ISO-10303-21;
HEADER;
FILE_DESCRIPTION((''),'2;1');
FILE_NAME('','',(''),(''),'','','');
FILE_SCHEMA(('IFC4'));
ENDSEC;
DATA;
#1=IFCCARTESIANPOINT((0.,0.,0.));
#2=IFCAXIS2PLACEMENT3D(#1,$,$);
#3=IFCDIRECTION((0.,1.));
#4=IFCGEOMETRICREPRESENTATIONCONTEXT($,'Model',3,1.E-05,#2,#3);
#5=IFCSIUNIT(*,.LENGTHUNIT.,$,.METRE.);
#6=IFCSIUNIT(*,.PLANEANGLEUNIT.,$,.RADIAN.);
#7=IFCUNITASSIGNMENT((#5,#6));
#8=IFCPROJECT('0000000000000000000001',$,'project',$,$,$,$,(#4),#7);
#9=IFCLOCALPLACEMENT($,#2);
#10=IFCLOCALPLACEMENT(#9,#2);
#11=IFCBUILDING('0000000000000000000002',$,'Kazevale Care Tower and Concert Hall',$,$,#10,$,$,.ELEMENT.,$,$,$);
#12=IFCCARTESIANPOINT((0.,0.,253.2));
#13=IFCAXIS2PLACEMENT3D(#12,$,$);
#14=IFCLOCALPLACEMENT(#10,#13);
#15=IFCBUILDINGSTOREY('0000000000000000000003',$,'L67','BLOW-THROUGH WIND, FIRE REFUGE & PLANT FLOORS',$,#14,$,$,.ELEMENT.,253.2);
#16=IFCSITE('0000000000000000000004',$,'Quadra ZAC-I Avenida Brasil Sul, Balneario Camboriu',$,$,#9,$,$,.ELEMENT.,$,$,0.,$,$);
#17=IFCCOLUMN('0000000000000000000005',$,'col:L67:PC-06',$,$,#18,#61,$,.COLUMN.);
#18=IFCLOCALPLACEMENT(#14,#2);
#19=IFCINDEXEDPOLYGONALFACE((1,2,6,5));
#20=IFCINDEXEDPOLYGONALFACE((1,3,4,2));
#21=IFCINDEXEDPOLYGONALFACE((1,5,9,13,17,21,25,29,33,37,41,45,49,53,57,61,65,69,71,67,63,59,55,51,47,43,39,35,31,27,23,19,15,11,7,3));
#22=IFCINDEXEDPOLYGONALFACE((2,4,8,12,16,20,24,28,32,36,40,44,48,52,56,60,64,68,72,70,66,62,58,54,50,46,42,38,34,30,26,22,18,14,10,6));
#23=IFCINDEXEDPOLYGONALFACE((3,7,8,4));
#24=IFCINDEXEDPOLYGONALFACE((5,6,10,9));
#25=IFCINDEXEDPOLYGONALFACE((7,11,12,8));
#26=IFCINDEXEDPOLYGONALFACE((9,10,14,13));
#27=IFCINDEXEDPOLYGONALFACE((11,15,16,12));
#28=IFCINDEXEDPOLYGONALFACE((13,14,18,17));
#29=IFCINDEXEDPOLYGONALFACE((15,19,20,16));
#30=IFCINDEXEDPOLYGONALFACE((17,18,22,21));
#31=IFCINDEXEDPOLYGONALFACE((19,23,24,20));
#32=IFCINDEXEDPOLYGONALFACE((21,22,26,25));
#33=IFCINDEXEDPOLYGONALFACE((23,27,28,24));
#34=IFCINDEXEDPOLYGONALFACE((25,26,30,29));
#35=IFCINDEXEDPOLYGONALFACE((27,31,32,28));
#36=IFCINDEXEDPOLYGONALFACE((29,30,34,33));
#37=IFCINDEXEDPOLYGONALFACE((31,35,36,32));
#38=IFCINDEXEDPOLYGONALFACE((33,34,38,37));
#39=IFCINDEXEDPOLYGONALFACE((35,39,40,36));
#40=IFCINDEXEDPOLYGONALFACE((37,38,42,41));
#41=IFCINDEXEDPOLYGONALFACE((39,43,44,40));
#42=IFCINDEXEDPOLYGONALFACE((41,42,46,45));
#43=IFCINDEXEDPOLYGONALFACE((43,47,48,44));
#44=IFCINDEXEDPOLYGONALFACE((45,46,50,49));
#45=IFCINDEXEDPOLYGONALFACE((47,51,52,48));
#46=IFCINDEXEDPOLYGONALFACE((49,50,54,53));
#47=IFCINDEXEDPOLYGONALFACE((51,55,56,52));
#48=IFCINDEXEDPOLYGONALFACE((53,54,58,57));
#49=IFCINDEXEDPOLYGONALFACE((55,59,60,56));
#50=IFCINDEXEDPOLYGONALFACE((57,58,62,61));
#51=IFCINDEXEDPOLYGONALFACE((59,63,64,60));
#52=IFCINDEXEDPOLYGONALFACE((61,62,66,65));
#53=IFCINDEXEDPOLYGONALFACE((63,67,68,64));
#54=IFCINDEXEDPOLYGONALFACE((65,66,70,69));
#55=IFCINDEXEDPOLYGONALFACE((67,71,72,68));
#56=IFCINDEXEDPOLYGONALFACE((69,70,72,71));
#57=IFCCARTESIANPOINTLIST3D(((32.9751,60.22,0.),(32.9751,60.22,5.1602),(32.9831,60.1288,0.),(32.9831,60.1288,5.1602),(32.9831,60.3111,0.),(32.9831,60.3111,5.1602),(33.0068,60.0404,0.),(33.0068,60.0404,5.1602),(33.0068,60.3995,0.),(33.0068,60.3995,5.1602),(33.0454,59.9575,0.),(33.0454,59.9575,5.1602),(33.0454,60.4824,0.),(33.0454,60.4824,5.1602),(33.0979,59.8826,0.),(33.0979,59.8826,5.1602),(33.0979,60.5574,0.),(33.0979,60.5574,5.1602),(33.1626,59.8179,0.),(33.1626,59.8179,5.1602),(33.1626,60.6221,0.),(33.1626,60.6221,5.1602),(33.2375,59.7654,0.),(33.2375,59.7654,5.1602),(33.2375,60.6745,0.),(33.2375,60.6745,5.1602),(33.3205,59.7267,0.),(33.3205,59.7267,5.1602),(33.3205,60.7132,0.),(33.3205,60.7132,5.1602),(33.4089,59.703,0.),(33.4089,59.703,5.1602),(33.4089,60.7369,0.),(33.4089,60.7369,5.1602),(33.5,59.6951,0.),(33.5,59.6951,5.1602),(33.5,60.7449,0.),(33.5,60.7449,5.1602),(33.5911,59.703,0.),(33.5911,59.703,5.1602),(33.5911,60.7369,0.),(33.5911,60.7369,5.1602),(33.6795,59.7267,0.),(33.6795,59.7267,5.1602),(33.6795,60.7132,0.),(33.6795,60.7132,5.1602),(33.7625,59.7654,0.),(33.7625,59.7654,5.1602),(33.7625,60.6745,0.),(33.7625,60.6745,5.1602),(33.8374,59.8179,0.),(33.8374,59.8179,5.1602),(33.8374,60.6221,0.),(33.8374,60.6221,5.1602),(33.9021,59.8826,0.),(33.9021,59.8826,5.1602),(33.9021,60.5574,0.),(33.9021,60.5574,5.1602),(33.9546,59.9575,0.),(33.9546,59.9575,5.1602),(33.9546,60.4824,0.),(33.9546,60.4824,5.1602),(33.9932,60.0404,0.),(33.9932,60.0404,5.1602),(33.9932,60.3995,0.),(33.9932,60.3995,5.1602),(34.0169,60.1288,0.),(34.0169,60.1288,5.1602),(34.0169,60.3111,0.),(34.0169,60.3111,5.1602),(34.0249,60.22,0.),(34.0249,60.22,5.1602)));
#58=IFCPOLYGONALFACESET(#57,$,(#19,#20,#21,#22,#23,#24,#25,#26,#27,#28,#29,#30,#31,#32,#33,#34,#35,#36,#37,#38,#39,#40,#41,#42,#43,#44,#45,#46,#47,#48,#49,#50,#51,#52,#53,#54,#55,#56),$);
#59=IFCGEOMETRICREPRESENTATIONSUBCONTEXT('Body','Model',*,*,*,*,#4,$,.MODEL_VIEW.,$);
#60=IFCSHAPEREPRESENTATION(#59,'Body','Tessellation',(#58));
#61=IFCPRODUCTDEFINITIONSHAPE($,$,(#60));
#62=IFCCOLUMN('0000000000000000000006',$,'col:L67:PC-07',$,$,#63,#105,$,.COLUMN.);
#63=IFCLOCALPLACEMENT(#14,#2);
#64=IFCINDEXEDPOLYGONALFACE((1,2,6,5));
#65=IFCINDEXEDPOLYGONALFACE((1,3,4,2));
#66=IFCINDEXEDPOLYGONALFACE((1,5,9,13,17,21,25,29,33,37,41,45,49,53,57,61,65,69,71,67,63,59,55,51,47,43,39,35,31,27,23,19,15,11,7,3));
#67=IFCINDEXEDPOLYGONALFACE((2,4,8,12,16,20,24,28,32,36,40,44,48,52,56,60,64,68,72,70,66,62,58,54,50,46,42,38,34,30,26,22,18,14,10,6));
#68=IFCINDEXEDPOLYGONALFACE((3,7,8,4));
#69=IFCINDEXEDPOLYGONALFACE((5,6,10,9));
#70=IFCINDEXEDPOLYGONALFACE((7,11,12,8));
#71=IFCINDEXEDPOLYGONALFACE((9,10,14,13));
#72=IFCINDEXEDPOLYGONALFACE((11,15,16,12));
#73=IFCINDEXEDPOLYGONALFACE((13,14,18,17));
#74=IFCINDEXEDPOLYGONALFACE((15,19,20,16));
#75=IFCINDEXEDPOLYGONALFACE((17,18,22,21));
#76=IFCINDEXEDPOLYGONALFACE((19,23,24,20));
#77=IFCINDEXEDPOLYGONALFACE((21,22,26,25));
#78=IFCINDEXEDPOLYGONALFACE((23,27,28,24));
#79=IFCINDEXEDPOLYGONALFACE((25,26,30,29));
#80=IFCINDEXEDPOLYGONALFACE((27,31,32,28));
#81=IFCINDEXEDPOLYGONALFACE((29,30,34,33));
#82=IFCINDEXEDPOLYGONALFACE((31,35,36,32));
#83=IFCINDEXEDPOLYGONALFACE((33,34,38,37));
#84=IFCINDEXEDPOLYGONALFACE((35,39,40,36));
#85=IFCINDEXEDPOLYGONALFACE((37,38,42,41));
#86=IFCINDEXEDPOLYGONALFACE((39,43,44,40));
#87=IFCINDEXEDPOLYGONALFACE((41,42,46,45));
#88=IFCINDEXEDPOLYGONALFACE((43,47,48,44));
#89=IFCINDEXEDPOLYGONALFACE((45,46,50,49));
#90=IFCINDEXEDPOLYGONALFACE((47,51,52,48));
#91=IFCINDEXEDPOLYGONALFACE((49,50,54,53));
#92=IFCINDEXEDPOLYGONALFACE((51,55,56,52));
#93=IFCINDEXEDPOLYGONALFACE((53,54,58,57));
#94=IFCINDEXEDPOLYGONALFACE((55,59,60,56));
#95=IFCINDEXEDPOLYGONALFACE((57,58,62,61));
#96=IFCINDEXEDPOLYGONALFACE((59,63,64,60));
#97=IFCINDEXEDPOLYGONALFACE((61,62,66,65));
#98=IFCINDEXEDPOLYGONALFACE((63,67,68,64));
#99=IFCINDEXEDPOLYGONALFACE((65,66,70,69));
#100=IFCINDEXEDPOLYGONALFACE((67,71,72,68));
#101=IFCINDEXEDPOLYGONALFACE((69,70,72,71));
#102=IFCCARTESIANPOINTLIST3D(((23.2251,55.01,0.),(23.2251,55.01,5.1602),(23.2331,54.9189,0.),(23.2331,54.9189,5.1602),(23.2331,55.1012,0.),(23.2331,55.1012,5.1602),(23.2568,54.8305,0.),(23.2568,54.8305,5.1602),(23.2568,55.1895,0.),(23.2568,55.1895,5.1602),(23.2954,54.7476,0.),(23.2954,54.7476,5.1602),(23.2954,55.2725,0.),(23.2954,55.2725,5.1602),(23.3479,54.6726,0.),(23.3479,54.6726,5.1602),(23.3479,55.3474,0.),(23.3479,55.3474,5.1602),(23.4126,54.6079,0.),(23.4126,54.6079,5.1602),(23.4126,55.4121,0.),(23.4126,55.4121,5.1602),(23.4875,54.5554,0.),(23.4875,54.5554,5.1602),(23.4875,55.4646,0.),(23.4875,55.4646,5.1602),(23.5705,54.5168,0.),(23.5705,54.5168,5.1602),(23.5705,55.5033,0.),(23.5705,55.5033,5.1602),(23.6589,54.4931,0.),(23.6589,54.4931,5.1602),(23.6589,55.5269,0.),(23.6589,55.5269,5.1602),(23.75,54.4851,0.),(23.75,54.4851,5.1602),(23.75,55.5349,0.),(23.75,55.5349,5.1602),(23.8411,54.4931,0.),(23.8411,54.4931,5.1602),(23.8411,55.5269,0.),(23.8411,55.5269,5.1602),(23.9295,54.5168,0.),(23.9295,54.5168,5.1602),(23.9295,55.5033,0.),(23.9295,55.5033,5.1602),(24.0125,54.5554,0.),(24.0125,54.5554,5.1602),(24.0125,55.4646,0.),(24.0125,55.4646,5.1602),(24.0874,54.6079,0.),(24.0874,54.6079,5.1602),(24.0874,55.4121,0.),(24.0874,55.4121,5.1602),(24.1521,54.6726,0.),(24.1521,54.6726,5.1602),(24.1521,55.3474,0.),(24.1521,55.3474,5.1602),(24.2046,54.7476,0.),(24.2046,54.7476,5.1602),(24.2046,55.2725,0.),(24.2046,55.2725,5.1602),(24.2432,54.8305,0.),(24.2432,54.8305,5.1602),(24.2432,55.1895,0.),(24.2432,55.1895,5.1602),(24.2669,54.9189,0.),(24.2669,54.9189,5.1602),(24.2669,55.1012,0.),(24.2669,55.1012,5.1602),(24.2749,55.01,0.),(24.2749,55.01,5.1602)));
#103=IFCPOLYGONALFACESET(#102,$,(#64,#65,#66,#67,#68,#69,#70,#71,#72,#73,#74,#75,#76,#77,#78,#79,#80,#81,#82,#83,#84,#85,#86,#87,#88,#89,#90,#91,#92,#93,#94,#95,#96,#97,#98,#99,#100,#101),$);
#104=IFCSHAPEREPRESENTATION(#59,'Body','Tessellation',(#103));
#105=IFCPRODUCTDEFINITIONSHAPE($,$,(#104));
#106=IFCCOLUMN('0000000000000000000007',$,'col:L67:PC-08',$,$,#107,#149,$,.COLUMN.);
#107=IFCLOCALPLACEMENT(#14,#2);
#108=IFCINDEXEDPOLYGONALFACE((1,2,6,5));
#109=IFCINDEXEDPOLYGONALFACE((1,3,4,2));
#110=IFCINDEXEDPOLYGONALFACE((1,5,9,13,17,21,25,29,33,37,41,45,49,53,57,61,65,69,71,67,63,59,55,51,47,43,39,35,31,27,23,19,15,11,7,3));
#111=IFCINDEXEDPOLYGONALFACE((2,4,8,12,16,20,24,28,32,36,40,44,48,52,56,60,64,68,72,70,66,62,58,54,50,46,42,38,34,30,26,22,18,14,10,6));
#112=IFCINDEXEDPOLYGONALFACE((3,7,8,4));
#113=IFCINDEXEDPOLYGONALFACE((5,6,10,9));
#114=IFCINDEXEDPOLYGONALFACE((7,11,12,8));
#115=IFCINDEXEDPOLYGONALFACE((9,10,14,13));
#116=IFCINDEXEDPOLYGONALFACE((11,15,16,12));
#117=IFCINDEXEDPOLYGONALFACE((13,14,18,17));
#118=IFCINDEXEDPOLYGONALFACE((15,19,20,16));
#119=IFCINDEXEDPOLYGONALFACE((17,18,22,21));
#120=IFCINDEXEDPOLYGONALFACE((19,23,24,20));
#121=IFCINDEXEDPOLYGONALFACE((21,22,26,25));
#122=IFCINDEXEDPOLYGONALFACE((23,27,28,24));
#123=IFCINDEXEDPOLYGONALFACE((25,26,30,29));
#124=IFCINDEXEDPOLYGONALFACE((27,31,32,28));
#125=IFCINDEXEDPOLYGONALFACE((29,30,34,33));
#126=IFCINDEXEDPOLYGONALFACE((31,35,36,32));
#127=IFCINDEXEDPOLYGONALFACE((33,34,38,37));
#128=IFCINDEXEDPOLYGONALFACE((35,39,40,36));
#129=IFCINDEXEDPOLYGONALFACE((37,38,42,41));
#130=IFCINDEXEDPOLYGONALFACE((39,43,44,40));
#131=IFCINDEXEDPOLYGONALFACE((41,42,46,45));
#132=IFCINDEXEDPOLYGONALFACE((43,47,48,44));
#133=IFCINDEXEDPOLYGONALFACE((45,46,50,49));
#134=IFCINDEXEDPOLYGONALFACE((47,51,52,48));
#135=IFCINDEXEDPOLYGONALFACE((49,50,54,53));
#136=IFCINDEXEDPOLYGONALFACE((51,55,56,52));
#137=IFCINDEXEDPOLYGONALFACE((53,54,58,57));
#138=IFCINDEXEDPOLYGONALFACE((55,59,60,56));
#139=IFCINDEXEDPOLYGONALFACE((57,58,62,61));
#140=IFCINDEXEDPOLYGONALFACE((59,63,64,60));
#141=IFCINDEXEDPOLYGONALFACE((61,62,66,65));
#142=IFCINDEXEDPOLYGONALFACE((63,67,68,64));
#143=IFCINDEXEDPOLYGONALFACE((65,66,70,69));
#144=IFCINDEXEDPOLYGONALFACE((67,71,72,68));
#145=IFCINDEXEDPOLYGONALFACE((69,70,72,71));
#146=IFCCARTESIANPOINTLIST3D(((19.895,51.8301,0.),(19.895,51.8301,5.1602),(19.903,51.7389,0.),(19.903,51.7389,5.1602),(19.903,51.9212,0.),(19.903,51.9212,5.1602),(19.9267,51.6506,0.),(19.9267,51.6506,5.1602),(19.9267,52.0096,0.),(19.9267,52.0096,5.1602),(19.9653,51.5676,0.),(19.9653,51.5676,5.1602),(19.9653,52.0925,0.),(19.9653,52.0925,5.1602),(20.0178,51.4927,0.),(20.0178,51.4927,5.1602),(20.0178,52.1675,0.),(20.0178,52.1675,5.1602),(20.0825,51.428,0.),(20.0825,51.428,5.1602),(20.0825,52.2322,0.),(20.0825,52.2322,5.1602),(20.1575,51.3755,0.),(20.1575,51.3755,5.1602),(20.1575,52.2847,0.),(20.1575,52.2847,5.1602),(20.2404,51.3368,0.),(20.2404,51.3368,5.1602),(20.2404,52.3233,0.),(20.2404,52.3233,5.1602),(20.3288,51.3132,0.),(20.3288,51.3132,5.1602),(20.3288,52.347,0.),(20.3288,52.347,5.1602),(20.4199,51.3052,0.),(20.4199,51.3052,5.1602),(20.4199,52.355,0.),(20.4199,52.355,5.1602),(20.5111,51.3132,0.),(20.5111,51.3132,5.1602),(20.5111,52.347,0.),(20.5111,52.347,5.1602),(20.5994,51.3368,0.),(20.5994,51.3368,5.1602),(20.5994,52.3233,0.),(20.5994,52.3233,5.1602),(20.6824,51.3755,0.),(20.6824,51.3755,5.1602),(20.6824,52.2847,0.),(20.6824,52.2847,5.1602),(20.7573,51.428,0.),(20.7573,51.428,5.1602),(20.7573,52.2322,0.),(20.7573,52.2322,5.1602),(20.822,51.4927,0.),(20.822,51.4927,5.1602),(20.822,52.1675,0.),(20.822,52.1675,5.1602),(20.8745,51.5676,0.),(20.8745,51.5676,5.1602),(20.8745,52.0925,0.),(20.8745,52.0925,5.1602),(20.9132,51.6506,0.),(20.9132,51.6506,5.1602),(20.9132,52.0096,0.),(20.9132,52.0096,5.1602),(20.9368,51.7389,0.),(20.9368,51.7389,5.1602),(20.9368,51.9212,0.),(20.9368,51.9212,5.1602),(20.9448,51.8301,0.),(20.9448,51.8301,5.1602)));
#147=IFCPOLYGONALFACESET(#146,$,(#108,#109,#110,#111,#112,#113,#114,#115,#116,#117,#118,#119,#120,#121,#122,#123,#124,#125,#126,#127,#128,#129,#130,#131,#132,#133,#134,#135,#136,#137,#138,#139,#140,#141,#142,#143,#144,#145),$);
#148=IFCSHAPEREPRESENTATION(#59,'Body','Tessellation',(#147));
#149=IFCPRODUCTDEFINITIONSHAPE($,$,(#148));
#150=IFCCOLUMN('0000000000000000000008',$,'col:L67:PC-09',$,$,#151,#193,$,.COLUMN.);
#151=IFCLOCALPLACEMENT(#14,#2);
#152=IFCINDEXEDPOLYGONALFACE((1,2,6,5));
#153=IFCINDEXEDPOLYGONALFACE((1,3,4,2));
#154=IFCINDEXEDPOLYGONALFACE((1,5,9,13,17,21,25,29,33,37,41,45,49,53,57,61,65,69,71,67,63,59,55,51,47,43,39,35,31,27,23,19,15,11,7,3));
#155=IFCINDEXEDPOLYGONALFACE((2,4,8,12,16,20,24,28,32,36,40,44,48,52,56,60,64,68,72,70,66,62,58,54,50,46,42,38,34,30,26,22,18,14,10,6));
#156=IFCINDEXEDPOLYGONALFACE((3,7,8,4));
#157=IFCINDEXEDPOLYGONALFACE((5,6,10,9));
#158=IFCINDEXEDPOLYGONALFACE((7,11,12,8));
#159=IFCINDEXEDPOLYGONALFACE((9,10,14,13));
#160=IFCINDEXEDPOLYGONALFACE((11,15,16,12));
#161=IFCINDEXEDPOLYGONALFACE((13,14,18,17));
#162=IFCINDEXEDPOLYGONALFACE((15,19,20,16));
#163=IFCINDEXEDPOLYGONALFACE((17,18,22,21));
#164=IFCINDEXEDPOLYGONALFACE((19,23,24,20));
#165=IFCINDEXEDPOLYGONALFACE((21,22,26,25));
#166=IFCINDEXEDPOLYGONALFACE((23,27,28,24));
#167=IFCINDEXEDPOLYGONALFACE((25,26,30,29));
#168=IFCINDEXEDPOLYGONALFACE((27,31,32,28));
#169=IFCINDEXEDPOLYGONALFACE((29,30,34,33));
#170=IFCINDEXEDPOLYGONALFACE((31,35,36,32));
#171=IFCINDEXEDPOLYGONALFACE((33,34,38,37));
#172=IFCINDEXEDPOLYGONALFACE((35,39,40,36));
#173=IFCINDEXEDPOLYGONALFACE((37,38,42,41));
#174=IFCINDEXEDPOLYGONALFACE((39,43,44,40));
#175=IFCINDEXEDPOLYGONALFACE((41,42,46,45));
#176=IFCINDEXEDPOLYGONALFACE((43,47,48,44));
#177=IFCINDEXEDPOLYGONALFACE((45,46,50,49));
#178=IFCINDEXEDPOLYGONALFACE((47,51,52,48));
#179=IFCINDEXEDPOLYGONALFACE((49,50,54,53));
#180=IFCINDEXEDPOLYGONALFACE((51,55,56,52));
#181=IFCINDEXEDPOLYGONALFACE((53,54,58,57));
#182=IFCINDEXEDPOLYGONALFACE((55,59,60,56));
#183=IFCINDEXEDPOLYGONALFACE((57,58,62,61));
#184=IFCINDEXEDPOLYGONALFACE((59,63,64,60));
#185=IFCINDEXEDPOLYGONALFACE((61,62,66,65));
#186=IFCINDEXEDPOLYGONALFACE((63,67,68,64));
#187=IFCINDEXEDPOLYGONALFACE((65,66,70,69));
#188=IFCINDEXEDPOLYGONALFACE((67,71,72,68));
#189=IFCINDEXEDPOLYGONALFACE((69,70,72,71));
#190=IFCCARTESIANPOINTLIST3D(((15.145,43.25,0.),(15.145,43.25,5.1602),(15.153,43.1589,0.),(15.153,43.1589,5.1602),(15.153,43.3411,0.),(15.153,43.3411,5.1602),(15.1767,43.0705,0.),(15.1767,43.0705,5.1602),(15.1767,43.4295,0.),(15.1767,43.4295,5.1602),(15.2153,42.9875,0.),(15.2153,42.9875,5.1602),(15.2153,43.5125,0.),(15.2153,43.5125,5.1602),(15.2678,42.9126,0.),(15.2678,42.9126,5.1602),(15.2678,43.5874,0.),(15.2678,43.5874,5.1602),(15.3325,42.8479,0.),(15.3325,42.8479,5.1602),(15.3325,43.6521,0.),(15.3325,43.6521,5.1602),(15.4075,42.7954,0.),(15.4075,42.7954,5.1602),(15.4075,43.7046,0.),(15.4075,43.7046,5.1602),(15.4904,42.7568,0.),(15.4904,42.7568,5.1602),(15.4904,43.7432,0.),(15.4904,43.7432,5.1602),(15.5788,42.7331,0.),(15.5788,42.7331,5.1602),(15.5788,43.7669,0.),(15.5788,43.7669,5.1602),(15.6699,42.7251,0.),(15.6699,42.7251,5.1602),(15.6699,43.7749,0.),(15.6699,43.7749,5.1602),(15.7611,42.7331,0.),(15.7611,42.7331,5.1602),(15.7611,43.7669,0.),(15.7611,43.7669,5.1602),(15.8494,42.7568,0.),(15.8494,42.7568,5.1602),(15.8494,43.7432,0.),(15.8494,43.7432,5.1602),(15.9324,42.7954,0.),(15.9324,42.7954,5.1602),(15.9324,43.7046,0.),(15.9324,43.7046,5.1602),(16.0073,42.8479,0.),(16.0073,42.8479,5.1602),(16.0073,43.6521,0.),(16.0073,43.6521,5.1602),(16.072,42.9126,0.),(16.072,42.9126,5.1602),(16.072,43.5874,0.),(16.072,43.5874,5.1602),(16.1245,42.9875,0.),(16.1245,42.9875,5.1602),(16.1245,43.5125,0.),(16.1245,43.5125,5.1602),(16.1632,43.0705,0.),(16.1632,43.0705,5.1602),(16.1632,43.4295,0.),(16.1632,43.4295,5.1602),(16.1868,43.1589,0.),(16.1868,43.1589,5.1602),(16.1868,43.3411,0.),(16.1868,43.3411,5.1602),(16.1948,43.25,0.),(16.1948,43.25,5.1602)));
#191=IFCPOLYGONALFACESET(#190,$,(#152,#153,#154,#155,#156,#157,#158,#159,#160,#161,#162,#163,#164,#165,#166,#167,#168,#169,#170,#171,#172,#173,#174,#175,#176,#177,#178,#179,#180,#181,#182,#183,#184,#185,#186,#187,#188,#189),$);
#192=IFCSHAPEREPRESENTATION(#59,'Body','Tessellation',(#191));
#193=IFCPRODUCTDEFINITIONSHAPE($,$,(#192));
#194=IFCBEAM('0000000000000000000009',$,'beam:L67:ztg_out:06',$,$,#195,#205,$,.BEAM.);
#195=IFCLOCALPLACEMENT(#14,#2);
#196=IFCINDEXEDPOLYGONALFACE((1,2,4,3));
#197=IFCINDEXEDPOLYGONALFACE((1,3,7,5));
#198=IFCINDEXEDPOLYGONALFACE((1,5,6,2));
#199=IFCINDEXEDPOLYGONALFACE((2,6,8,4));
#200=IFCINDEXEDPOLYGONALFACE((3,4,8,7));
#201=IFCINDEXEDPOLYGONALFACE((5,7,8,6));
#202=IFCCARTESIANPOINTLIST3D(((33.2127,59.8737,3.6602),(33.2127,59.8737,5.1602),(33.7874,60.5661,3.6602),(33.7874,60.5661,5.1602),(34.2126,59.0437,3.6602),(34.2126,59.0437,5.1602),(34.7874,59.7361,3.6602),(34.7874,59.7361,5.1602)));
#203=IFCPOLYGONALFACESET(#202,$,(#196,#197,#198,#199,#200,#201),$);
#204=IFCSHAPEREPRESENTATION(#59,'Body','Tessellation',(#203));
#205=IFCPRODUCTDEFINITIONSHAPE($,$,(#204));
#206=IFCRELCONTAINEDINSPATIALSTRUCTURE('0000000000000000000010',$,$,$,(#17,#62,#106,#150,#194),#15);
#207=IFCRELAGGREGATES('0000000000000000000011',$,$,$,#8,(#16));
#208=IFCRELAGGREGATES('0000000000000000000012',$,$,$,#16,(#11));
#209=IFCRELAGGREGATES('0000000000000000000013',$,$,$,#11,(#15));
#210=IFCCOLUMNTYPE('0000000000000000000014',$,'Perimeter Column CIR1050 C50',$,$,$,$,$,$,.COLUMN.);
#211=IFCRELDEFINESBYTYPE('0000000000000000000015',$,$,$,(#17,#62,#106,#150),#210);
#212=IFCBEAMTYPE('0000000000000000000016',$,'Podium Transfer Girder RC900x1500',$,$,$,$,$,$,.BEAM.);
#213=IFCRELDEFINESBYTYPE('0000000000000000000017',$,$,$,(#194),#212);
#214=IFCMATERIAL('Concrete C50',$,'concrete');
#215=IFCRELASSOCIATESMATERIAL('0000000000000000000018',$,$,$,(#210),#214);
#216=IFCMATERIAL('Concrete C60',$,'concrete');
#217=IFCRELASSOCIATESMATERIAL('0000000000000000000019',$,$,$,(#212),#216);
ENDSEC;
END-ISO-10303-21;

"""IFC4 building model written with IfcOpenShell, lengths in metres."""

from ifc_helpers import new_model, si_unit, direction, frame, origin, origin_2d, place, context, subcontext, project, spatial, rectangle, circle, extrude, material, material_profile, profile_set, type_object, element, save


model = new_model("IFC4")

# Units and contexts
model_context = context("Model", 3, precision=1e-05, world=origin(), true_north=direction((0.0, 1.0)))
body_context = subcontext(model_context, "Body", "Model", "MODEL_VIEW")
ifc_project = project(units=[si_unit("LENGTHUNIT", "METRE"), si_unit("PLANEANGLEUNIT", "RADIAN")], contexts=[model_context])

# Site, building, storey
site_placement = place(None, origin())
site = spatial("IfcSite", under=ifc_project, at=site_placement, Name="Quadra ZAC-I Avenida Brasil Sul, Balneario Camboriu", CompositionType="ELEMENT", RefElevation=0.0)
building_placement = place(site_placement, origin())
building = spatial("IfcBuilding", under=site, at=building_placement, Name="Kazevale Care Tower and Concert Hall", CompositionType="ELEMENT")
storey_placement = place(building_placement, frame((0.0, 0.0, 253.2)))
storey = spatial("IfcBuildingStorey", under=building, at=storey_placement, Name="L67", Description="BLOW-THROUGH WIND, FIRE REFUGE & PLANT FLOORS", CompositionType="ELEMENT", Elevation=253.2)

# Columns
ifc_material_1 = material(Name="Concrete C50", Category="concrete")
ifc_material_profile_1 = material_profile(ifc_material_1, circle(Radius=0.5249, at=origin_2d()), Name="RC-CIR1050")
ifc_profile_set_1 = profile_set([ifc_material_profile_1], Name="Concrete C50")
column_type = type_object("IfcColumnType", Name="Perimeter Column CIR1050 C50", PredefinedType="COLUMN", material=ifc_profile_set_1)
for number, where, z_axis, x_axis, name in (
    (1, (33.5, 60.22, 0.0), (0.0, 0.0, 1.0), (1.0, 0.0, 0.0), "col:L67:PC-06"),
    (2, (23.75, 55.01, 0.0), (0.0, 0.0, 1.0), (1.0, 0.0, 0.0), "col:L67:PC-07"),
    (3, (20.4199, 51.8301, 0.0), (0.0, 0.0, 1.0), (1.0, 0.0, 0.0), "col:L67:PC-08"),
    (4, (15.6699, 43.25, 0.0), (0.0, 0.0, 1.0), (1.0, 0.0, 0.0), "col:L67:PC-09"),
):
    element("IfcColumn", number, at=place(storey_placement, frame(where, z_axis=z_axis, x_axis=x_axis)), inside=storey, type_object=column_type, Name=name, PredefinedType="COLUMN", context=body_context, shape_type="SweptSolid", body=[
        extrude(circle(Radius=0.5249, at=origin_2d()), origin(), (0.0, 0.0, 1.0), 5.1602),
    ])

# Beam
ifc_material_2 = material(Name="Concrete C60", Category="concrete")
ifc_material_profile_2 = material_profile(ifc_material_2, rectangle(XDim=0.8999, YDim=1.5, at=origin_2d()), Name="RC-TG900x1500")
ifc_profile_set_2 = profile_set([ifc_material_profile_2], Name="Concrete C60")
beam_type_1 = type_object("IfcBeamType", Name="Podium Transfer Girder RC900x1500", PredefinedType="BEAM", material=ifc_profile_set_2)
beam_1_placement = place(storey_placement, frame((34.5, 59.3899, 4.4102), z_axis=(-0.769452, 0.638705, 0.0), x_axis=(-0.638705, -0.769452, 0.0)))
element("IfcBeam", 5, at=beam_1_placement, inside=storey, type_object=beam_type_1, Name="beam:L67:ztg_out:06", PredefinedType="BEAM", context=body_context, shape_type="SweptSolid", body=[
    extrude(rectangle(XDim=0.8999, YDim=1.5, at=origin_2d()), origin(), (0.0, 0.0, 1.0), 1.2996),
])

save(model, "model.ifc")
